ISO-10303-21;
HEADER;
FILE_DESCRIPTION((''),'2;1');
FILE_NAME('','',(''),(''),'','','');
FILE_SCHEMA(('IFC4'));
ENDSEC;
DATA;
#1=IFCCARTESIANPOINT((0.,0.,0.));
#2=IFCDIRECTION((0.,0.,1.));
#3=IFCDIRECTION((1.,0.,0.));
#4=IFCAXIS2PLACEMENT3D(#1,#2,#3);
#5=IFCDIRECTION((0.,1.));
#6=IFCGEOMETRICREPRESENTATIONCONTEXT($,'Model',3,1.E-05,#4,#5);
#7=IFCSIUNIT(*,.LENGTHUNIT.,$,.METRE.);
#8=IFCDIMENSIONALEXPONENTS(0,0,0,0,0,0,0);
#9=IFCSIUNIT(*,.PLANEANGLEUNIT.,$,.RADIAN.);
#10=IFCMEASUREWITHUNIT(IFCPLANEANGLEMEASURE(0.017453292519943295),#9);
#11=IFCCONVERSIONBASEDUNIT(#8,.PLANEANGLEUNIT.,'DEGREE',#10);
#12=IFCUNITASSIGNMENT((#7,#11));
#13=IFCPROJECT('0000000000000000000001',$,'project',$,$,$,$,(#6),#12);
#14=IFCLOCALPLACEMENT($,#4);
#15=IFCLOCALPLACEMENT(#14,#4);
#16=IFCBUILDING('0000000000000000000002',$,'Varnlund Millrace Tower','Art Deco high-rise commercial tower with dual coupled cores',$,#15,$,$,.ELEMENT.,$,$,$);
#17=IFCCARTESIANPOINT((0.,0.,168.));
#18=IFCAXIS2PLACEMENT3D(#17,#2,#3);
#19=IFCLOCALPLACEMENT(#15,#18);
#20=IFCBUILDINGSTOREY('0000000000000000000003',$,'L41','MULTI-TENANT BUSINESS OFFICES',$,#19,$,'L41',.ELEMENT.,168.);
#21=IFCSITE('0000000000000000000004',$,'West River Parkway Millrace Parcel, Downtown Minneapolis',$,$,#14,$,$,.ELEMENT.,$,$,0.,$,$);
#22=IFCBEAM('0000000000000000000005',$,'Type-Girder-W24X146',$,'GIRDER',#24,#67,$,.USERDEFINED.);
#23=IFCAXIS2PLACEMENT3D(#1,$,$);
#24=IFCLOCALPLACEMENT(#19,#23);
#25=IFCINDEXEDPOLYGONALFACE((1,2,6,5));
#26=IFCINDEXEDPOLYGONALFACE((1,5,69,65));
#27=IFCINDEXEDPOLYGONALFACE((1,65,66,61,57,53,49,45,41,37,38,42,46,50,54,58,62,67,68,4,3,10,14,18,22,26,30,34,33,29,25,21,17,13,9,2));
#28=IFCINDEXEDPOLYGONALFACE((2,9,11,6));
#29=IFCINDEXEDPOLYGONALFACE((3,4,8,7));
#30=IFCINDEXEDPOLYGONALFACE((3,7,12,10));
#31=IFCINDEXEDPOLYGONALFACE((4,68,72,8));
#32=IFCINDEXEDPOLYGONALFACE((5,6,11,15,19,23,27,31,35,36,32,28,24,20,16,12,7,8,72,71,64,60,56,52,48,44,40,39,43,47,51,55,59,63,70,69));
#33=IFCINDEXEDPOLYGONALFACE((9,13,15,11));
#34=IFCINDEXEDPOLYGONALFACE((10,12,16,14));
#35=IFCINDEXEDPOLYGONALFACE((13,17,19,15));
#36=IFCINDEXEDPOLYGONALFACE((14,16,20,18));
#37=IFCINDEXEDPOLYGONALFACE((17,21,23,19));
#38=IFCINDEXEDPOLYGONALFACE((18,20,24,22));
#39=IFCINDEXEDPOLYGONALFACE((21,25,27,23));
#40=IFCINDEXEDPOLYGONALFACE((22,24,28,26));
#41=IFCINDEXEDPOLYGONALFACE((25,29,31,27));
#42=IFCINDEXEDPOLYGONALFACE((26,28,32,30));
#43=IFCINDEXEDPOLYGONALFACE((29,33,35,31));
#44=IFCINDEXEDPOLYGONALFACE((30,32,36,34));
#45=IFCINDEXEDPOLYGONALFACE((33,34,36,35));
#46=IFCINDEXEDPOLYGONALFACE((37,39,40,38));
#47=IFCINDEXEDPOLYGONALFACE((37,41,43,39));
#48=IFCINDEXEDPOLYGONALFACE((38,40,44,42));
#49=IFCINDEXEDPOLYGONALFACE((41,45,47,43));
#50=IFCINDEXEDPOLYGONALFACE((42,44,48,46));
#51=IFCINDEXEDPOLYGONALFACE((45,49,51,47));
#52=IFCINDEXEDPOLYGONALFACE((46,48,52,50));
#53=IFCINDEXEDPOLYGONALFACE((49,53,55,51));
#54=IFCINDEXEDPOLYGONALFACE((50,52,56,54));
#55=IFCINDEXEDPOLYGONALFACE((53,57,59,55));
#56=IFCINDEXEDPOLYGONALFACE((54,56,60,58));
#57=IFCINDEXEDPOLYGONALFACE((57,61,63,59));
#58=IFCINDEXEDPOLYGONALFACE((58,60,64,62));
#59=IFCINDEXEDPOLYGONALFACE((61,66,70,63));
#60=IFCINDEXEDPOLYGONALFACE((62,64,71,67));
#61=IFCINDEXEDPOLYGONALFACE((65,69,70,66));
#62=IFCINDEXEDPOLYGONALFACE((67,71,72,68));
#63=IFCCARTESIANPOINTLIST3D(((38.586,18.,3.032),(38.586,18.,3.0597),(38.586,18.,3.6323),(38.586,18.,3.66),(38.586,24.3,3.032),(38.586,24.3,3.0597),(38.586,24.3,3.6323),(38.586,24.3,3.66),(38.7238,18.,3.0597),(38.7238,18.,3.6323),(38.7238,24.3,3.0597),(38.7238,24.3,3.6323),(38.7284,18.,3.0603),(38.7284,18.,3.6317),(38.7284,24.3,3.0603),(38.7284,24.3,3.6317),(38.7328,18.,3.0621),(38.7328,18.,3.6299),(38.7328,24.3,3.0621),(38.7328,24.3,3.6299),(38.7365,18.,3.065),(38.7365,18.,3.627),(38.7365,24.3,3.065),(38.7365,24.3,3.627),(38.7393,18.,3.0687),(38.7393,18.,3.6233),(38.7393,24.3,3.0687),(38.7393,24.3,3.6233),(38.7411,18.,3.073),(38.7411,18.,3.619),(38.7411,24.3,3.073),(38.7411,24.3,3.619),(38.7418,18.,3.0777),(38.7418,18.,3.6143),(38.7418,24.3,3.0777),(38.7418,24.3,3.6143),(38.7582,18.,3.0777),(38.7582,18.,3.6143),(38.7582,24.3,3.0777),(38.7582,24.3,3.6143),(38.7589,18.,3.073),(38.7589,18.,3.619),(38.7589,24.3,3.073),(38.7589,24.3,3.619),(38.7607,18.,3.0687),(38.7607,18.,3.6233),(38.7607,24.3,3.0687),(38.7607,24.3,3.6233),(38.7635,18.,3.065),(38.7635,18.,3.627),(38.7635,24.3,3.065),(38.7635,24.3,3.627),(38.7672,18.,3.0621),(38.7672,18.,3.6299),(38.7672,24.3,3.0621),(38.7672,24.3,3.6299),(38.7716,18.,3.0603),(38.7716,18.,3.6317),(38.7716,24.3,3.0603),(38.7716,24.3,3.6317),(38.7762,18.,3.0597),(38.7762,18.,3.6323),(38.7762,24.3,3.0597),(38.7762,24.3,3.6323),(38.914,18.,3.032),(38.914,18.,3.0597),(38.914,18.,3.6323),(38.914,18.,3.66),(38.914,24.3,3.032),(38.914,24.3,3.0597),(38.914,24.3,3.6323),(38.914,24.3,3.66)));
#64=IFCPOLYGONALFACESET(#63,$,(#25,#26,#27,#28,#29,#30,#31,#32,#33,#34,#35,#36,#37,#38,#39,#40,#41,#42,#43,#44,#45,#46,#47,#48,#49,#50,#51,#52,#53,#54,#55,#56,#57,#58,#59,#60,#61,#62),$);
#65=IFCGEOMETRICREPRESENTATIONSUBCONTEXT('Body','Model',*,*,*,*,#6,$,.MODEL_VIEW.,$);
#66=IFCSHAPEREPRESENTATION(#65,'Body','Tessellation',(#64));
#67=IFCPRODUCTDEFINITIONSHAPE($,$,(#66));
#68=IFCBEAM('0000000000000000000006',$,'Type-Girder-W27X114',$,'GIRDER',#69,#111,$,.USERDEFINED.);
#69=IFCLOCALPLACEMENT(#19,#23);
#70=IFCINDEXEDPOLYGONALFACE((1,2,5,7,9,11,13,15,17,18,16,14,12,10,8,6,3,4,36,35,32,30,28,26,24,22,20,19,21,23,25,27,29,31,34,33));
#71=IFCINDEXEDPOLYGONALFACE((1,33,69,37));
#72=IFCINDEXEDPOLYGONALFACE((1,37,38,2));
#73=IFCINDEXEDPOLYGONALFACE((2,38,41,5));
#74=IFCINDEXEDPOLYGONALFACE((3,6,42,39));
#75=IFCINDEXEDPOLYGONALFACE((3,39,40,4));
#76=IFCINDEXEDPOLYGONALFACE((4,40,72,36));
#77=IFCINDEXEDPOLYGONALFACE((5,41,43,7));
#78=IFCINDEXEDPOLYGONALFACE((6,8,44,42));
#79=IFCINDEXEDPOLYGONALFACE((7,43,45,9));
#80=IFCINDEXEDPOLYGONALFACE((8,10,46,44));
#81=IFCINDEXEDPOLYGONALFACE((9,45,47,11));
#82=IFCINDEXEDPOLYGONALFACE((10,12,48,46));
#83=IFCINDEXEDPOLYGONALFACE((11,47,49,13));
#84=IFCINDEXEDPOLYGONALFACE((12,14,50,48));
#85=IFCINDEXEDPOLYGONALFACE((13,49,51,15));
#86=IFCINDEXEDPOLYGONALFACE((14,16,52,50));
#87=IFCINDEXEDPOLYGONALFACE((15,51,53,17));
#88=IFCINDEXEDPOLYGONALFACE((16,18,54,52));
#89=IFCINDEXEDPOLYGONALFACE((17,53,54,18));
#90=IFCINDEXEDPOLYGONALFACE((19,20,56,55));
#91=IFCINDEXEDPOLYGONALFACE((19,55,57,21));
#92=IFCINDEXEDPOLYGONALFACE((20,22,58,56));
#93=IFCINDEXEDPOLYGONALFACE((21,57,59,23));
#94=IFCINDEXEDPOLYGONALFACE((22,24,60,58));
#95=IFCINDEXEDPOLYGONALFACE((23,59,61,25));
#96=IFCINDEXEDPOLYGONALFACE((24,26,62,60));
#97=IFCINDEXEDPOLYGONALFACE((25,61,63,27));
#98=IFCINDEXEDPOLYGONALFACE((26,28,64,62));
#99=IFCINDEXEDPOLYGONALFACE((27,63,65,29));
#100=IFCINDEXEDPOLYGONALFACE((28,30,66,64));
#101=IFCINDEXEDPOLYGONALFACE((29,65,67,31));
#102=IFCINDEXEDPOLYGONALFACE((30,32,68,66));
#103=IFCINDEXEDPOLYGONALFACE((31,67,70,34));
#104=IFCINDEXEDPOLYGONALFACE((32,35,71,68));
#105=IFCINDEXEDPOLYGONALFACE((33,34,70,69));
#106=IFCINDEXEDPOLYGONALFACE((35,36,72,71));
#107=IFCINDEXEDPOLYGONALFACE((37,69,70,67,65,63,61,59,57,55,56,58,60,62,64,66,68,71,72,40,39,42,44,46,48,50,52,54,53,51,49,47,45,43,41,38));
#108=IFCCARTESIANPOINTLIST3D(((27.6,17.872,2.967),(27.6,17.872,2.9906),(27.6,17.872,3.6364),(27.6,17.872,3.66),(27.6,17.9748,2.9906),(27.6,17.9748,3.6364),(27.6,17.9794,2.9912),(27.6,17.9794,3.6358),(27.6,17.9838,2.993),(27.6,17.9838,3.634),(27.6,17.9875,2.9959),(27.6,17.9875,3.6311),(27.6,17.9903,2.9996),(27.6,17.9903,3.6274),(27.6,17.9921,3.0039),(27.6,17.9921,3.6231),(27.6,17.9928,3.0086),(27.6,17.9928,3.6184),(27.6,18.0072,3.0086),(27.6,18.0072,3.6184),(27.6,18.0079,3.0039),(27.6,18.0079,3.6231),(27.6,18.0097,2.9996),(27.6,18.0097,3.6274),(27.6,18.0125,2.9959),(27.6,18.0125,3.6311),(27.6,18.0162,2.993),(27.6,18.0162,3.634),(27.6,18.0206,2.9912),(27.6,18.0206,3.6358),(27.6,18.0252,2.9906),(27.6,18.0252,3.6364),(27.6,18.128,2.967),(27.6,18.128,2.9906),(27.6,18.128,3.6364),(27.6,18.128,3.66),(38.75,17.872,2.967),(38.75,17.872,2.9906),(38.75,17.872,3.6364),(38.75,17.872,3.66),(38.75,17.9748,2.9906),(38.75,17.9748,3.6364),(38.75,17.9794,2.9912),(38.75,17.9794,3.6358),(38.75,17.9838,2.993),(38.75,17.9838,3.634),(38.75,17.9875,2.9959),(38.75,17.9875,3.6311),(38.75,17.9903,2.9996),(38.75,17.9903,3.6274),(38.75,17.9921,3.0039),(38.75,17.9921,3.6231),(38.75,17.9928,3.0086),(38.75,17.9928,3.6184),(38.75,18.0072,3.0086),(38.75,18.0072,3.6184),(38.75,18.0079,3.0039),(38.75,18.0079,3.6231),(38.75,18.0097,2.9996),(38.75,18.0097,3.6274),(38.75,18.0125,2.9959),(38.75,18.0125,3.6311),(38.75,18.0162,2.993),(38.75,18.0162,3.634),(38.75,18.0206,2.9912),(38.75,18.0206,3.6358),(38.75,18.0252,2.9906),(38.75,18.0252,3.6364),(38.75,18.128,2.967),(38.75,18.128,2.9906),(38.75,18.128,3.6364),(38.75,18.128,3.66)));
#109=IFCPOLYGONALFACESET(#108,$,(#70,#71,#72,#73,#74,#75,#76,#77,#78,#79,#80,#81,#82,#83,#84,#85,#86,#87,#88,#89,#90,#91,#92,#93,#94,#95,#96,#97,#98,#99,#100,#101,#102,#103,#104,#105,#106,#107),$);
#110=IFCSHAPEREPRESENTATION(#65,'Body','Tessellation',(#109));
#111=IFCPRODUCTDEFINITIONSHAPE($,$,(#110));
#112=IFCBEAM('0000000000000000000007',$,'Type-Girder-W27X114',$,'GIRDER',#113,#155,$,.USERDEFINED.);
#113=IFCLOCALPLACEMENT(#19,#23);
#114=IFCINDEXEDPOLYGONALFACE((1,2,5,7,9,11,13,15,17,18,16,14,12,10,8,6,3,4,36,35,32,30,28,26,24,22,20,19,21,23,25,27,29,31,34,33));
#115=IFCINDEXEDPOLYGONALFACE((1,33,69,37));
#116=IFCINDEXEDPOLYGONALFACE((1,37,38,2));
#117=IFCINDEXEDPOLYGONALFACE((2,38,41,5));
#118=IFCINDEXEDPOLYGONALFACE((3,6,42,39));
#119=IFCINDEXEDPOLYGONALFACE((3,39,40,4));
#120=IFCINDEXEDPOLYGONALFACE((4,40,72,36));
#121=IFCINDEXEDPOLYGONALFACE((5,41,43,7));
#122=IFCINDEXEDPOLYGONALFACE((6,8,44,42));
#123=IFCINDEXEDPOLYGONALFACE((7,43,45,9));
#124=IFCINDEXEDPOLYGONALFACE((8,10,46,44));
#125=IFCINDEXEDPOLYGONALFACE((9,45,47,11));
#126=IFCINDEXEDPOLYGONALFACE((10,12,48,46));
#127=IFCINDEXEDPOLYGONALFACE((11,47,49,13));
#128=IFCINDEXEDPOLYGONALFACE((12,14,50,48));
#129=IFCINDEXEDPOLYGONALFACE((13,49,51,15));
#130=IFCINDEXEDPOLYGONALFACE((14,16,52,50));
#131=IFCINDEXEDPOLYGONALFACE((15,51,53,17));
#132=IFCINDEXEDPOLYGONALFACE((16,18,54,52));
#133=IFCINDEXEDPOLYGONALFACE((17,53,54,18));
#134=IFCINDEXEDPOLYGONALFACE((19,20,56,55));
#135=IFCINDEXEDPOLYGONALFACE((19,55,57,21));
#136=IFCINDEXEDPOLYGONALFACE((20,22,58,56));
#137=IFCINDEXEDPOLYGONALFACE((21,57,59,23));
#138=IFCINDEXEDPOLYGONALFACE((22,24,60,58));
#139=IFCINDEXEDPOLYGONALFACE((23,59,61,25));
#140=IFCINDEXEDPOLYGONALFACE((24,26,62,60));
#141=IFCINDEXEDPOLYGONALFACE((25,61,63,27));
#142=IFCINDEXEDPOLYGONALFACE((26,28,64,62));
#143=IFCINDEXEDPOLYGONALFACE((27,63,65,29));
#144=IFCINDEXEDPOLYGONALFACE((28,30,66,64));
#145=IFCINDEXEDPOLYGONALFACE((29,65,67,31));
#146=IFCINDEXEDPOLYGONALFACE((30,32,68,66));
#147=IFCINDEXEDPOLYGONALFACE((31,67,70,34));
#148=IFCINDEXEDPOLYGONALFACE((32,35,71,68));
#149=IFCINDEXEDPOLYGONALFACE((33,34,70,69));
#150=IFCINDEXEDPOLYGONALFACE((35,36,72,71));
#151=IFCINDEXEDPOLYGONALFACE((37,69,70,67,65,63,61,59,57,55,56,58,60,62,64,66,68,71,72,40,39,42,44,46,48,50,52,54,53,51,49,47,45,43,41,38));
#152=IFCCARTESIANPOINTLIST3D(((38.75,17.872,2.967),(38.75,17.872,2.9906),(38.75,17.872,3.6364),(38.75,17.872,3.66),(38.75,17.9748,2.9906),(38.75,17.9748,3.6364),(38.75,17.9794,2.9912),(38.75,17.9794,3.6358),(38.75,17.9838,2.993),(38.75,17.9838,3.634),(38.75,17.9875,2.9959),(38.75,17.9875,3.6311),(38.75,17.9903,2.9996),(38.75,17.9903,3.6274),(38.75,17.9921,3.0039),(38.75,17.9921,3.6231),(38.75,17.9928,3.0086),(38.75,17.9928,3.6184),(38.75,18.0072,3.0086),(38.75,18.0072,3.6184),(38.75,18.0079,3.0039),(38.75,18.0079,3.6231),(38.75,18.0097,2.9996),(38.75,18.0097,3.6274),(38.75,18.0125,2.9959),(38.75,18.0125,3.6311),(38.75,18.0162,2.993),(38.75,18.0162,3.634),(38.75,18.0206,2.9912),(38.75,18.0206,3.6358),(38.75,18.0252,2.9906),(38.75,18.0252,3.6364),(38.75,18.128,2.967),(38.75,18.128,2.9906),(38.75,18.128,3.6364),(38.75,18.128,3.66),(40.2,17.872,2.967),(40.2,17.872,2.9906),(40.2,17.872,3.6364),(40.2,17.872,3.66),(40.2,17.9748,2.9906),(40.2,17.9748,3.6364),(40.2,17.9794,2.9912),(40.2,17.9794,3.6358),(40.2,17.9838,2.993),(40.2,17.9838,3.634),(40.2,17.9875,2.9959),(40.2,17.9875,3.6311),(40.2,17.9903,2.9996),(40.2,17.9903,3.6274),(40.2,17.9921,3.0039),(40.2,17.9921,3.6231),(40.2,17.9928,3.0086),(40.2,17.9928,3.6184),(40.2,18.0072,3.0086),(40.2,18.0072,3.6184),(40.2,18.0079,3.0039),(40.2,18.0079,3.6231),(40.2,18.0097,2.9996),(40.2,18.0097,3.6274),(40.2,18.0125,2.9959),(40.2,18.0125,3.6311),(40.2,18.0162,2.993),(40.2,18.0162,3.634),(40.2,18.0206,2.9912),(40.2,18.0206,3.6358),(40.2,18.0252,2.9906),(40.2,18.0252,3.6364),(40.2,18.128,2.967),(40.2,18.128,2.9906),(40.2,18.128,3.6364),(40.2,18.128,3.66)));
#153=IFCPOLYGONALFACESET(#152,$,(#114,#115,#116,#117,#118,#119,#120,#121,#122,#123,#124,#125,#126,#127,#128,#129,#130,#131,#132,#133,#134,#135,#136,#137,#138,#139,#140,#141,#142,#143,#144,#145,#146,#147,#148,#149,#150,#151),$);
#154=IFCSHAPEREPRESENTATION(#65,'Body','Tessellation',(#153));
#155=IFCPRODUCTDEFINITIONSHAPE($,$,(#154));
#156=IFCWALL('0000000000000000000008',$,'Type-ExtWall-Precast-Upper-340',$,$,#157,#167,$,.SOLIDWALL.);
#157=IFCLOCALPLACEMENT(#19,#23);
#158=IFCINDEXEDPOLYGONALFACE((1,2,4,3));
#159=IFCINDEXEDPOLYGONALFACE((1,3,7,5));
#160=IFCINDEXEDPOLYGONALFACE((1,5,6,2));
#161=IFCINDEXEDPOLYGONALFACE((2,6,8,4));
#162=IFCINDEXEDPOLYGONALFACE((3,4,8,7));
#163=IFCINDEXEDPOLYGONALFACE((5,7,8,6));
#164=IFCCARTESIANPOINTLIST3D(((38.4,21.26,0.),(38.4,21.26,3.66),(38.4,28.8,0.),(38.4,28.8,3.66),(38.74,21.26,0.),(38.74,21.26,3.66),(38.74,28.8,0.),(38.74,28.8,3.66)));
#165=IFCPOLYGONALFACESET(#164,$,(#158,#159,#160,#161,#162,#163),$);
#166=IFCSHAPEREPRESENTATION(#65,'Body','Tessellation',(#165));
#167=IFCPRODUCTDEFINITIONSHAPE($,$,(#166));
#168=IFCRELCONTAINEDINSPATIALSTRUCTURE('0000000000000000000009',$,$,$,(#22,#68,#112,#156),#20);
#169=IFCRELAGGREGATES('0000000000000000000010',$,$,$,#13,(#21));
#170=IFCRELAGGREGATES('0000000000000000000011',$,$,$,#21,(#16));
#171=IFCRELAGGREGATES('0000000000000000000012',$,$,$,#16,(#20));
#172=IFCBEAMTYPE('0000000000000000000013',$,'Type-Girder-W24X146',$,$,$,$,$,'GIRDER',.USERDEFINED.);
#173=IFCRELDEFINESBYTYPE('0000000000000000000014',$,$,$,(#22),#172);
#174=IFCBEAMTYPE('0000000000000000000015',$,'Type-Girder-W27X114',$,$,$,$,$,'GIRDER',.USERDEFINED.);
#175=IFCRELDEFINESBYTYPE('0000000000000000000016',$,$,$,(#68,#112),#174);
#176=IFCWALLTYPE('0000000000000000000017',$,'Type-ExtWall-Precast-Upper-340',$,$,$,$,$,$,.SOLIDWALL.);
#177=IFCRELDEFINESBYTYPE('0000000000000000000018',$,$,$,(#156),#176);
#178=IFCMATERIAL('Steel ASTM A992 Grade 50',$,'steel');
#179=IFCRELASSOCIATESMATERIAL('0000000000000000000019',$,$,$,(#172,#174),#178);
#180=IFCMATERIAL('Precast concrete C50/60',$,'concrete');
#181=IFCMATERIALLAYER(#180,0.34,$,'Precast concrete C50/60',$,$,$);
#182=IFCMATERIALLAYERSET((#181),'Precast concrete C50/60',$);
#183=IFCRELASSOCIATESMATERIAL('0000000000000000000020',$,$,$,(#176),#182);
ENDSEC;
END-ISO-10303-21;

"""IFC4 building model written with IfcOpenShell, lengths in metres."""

from ifc_helpers import new_model, entity, si_unit, converted_unit, direction, frame, origin_with_axes, origin_2d_with_axis, place, context, subcontext, project, spatial, polyline, i_section, outline, extrude, material, layer, layer_set, material_profile, profile_set, type_object, element, save


model = new_model("IFC4")

# Units and contexts
model_context = context("Model", 3, precision=1e-05, world=origin_with_axes(), true_north=direction((0.0, 1.0)))
body_context = subcontext(model_context, "Body", "Model", "MODEL_VIEW")
ifc_project = project(units=[si_unit("LENGTHUNIT", "METRE"), converted_unit("PLANEANGLEUNIT", "DEGREE", entity("IfcPlaneAngleMeasure", 0.017453292519943295), si_unit("PLANEANGLEUNIT", "RADIAN"), dimensions=[0, 0, 0, 0, 0, 0, 0])], contexts=[model_context])

# Site, building, storey
site_placement = place(None, origin_with_axes())
site = spatial("IfcSite", under=ifc_project, at=site_placement, Name="West River Parkway Millrace Parcel, Downtown Minneapolis", CompositionType="ELEMENT", RefElevation=0.0)
building_placement = place(site_placement, origin_with_axes())
building = spatial("IfcBuilding", under=site, at=building_placement, Name="Varnlund Millrace Tower", Description="Art Deco high-rise commercial tower with dual coupled cores", CompositionType="ELEMENT")
storey_placement = place(building_placement, frame((0.0, 0.0, 168.0), z_axis=(0.0, 0.0, 1.0), x_axis=(1.0, 0.0, 0.0)))
storey = spatial("IfcBuildingStorey", under=building, at=storey_placement, Name="L41", Description="MULTI-TENANT BUSINESS OFFICES", LongName="L41", CompositionType="ELEMENT", Elevation=168.0)

# Beams
ifc_material_1 = material(Name="Steel ASTM A992 Grade 50", Category="steel")
ifc_material_profile_1 = material_profile(ifc_material_1, i_section(OverallWidth=0.328, OverallDepth=0.628, WebThickness=0.0165, FlangeThickness=0.0277, FilletRadius=0.018, at=origin_2d_with_axis()), Name="Steel ASTM A992 Grade 50")
ifc_profile_set_1 = profile_set([ifc_material_profile_1], Name="Steel ASTM A992 Grade 50")
beam_type_1 = type_object("IfcBeamType", Name="Type-Girder-W24X146", ElementType="GIRDER", PredefinedType="USERDEFINED", material=ifc_profile_set_1)
beam_1_placement = place(storey_placement, frame((38.75, 18.0, 3.346), z_axis=(0.0, 1.0, 0.0), x_axis=(-1.0, 0.0, 0.0)))
element("IfcBeam", 1, at=beam_1_placement, inside=storey, type_object=beam_type_1, Name="Type-Girder-W24X146", ObjectType="GIRDER", PredefinedType="USERDEFINED", context=body_context, shape_type="SweptSolid", body=[
    extrude(i_section(OverallWidth=0.328, OverallDepth=0.628, WebThickness=0.0165, FlangeThickness=0.0277, FilletRadius=0.018, at=origin_2d_with_axis()), origin_with_axes(), (0.0, 0.0, 1.0), 6.3),
])
ifc_material_profile_2 = material_profile(ifc_material_1, i_section(OverallWidth=0.256, OverallDepth=0.693, WebThickness=0.0145, FlangeThickness=0.0236, FilletRadius=0.018, at=origin_2d_with_axis()), Name="Steel ASTM A992 Grade 50")
ifc_profile_set_2 = profile_set([ifc_material_profile_2], Name="Steel ASTM A992 Grade 50")
beam_type_2 = type_object("IfcBeamType", Name="Type-Girder-W27X114", ElementType="GIRDER", PredefinedType="USERDEFINED", material=ifc_profile_set_2)
beam_2_placement = place(storey_placement, frame((27.6, 18.0, 3.3135), z_axis=(1.0, 0.0, 0.0), x_axis=(0.0, 1.0, 0.0)))
element("IfcBeam", 2, at=beam_2_placement, inside=storey, type_object=beam_type_2, Name="Type-Girder-W27X114", ObjectType="GIRDER", PredefinedType="USERDEFINED", context=body_context, shape_type="SweptSolid", body=[
    extrude(i_section(OverallWidth=0.256, OverallDepth=0.693, WebThickness=0.0145, FlangeThickness=0.0236, FilletRadius=0.018, at=origin_2d_with_axis()), origin_with_axes(), (0.0, 0.0, 1.0), 11.15),
])
beam_3_placement = place(storey_placement, frame((38.75, 18.0, 3.3135), z_axis=(1.0, 0.0, 0.0), x_axis=(0.0, 1.0, 0.0)))
element("IfcBeam", 3, at=beam_3_placement, inside=storey, type_object=beam_type_2, Name="Type-Girder-W27X114", ObjectType="GIRDER", PredefinedType="USERDEFINED", context=body_context, shape_type="SweptSolid", body=[
    extrude(i_section(OverallWidth=0.256, OverallDepth=0.693, WebThickness=0.0145, FlangeThickness=0.0236, FilletRadius=0.018, at=origin_2d_with_axis()), origin_with_axes(), (0.0, 0.0, 1.0), 1.45),
])

# Wall
ifc_material_2 = material(Name="Precast concrete C50/60", Category="concrete")
ifc_layer_1 = layer(ifc_material_2, 0.34, Name="Precast concrete C50/60")
ifc_layer_set_1 = layer_set([ifc_layer_1], Name="Precast concrete C50/60")
wall_type_1 = type_object("IfcWallType", Name="Type-ExtWall-Precast-Upper-340", PredefinedType="SOLIDWALL", material=ifc_layer_set_1)
wall_1_placement = place(storey_placement, frame((38.57, 21.26, 0.0), z_axis=(0.0, 0.0, 1.0), x_axis=(0.0, 1.0, 0.0)))
element("IfcWall", 4, at=wall_1_placement, inside=storey, type_object=wall_type_1, Name="Type-ExtWall-Precast-Upper-340", PredefinedType="SOLIDWALL", context=body_context, shape_type="SweptSolid", body=[
    extrude(outline(polyline([(0.0, -0.17), (7.54, -0.17), (7.54, 0.17), (0.0, 0.17), (0.0, -0.17)])), origin_with_axes(), (0.0, 0.0, 1.0), 3.66),
])

save(model, "model.ifc")
